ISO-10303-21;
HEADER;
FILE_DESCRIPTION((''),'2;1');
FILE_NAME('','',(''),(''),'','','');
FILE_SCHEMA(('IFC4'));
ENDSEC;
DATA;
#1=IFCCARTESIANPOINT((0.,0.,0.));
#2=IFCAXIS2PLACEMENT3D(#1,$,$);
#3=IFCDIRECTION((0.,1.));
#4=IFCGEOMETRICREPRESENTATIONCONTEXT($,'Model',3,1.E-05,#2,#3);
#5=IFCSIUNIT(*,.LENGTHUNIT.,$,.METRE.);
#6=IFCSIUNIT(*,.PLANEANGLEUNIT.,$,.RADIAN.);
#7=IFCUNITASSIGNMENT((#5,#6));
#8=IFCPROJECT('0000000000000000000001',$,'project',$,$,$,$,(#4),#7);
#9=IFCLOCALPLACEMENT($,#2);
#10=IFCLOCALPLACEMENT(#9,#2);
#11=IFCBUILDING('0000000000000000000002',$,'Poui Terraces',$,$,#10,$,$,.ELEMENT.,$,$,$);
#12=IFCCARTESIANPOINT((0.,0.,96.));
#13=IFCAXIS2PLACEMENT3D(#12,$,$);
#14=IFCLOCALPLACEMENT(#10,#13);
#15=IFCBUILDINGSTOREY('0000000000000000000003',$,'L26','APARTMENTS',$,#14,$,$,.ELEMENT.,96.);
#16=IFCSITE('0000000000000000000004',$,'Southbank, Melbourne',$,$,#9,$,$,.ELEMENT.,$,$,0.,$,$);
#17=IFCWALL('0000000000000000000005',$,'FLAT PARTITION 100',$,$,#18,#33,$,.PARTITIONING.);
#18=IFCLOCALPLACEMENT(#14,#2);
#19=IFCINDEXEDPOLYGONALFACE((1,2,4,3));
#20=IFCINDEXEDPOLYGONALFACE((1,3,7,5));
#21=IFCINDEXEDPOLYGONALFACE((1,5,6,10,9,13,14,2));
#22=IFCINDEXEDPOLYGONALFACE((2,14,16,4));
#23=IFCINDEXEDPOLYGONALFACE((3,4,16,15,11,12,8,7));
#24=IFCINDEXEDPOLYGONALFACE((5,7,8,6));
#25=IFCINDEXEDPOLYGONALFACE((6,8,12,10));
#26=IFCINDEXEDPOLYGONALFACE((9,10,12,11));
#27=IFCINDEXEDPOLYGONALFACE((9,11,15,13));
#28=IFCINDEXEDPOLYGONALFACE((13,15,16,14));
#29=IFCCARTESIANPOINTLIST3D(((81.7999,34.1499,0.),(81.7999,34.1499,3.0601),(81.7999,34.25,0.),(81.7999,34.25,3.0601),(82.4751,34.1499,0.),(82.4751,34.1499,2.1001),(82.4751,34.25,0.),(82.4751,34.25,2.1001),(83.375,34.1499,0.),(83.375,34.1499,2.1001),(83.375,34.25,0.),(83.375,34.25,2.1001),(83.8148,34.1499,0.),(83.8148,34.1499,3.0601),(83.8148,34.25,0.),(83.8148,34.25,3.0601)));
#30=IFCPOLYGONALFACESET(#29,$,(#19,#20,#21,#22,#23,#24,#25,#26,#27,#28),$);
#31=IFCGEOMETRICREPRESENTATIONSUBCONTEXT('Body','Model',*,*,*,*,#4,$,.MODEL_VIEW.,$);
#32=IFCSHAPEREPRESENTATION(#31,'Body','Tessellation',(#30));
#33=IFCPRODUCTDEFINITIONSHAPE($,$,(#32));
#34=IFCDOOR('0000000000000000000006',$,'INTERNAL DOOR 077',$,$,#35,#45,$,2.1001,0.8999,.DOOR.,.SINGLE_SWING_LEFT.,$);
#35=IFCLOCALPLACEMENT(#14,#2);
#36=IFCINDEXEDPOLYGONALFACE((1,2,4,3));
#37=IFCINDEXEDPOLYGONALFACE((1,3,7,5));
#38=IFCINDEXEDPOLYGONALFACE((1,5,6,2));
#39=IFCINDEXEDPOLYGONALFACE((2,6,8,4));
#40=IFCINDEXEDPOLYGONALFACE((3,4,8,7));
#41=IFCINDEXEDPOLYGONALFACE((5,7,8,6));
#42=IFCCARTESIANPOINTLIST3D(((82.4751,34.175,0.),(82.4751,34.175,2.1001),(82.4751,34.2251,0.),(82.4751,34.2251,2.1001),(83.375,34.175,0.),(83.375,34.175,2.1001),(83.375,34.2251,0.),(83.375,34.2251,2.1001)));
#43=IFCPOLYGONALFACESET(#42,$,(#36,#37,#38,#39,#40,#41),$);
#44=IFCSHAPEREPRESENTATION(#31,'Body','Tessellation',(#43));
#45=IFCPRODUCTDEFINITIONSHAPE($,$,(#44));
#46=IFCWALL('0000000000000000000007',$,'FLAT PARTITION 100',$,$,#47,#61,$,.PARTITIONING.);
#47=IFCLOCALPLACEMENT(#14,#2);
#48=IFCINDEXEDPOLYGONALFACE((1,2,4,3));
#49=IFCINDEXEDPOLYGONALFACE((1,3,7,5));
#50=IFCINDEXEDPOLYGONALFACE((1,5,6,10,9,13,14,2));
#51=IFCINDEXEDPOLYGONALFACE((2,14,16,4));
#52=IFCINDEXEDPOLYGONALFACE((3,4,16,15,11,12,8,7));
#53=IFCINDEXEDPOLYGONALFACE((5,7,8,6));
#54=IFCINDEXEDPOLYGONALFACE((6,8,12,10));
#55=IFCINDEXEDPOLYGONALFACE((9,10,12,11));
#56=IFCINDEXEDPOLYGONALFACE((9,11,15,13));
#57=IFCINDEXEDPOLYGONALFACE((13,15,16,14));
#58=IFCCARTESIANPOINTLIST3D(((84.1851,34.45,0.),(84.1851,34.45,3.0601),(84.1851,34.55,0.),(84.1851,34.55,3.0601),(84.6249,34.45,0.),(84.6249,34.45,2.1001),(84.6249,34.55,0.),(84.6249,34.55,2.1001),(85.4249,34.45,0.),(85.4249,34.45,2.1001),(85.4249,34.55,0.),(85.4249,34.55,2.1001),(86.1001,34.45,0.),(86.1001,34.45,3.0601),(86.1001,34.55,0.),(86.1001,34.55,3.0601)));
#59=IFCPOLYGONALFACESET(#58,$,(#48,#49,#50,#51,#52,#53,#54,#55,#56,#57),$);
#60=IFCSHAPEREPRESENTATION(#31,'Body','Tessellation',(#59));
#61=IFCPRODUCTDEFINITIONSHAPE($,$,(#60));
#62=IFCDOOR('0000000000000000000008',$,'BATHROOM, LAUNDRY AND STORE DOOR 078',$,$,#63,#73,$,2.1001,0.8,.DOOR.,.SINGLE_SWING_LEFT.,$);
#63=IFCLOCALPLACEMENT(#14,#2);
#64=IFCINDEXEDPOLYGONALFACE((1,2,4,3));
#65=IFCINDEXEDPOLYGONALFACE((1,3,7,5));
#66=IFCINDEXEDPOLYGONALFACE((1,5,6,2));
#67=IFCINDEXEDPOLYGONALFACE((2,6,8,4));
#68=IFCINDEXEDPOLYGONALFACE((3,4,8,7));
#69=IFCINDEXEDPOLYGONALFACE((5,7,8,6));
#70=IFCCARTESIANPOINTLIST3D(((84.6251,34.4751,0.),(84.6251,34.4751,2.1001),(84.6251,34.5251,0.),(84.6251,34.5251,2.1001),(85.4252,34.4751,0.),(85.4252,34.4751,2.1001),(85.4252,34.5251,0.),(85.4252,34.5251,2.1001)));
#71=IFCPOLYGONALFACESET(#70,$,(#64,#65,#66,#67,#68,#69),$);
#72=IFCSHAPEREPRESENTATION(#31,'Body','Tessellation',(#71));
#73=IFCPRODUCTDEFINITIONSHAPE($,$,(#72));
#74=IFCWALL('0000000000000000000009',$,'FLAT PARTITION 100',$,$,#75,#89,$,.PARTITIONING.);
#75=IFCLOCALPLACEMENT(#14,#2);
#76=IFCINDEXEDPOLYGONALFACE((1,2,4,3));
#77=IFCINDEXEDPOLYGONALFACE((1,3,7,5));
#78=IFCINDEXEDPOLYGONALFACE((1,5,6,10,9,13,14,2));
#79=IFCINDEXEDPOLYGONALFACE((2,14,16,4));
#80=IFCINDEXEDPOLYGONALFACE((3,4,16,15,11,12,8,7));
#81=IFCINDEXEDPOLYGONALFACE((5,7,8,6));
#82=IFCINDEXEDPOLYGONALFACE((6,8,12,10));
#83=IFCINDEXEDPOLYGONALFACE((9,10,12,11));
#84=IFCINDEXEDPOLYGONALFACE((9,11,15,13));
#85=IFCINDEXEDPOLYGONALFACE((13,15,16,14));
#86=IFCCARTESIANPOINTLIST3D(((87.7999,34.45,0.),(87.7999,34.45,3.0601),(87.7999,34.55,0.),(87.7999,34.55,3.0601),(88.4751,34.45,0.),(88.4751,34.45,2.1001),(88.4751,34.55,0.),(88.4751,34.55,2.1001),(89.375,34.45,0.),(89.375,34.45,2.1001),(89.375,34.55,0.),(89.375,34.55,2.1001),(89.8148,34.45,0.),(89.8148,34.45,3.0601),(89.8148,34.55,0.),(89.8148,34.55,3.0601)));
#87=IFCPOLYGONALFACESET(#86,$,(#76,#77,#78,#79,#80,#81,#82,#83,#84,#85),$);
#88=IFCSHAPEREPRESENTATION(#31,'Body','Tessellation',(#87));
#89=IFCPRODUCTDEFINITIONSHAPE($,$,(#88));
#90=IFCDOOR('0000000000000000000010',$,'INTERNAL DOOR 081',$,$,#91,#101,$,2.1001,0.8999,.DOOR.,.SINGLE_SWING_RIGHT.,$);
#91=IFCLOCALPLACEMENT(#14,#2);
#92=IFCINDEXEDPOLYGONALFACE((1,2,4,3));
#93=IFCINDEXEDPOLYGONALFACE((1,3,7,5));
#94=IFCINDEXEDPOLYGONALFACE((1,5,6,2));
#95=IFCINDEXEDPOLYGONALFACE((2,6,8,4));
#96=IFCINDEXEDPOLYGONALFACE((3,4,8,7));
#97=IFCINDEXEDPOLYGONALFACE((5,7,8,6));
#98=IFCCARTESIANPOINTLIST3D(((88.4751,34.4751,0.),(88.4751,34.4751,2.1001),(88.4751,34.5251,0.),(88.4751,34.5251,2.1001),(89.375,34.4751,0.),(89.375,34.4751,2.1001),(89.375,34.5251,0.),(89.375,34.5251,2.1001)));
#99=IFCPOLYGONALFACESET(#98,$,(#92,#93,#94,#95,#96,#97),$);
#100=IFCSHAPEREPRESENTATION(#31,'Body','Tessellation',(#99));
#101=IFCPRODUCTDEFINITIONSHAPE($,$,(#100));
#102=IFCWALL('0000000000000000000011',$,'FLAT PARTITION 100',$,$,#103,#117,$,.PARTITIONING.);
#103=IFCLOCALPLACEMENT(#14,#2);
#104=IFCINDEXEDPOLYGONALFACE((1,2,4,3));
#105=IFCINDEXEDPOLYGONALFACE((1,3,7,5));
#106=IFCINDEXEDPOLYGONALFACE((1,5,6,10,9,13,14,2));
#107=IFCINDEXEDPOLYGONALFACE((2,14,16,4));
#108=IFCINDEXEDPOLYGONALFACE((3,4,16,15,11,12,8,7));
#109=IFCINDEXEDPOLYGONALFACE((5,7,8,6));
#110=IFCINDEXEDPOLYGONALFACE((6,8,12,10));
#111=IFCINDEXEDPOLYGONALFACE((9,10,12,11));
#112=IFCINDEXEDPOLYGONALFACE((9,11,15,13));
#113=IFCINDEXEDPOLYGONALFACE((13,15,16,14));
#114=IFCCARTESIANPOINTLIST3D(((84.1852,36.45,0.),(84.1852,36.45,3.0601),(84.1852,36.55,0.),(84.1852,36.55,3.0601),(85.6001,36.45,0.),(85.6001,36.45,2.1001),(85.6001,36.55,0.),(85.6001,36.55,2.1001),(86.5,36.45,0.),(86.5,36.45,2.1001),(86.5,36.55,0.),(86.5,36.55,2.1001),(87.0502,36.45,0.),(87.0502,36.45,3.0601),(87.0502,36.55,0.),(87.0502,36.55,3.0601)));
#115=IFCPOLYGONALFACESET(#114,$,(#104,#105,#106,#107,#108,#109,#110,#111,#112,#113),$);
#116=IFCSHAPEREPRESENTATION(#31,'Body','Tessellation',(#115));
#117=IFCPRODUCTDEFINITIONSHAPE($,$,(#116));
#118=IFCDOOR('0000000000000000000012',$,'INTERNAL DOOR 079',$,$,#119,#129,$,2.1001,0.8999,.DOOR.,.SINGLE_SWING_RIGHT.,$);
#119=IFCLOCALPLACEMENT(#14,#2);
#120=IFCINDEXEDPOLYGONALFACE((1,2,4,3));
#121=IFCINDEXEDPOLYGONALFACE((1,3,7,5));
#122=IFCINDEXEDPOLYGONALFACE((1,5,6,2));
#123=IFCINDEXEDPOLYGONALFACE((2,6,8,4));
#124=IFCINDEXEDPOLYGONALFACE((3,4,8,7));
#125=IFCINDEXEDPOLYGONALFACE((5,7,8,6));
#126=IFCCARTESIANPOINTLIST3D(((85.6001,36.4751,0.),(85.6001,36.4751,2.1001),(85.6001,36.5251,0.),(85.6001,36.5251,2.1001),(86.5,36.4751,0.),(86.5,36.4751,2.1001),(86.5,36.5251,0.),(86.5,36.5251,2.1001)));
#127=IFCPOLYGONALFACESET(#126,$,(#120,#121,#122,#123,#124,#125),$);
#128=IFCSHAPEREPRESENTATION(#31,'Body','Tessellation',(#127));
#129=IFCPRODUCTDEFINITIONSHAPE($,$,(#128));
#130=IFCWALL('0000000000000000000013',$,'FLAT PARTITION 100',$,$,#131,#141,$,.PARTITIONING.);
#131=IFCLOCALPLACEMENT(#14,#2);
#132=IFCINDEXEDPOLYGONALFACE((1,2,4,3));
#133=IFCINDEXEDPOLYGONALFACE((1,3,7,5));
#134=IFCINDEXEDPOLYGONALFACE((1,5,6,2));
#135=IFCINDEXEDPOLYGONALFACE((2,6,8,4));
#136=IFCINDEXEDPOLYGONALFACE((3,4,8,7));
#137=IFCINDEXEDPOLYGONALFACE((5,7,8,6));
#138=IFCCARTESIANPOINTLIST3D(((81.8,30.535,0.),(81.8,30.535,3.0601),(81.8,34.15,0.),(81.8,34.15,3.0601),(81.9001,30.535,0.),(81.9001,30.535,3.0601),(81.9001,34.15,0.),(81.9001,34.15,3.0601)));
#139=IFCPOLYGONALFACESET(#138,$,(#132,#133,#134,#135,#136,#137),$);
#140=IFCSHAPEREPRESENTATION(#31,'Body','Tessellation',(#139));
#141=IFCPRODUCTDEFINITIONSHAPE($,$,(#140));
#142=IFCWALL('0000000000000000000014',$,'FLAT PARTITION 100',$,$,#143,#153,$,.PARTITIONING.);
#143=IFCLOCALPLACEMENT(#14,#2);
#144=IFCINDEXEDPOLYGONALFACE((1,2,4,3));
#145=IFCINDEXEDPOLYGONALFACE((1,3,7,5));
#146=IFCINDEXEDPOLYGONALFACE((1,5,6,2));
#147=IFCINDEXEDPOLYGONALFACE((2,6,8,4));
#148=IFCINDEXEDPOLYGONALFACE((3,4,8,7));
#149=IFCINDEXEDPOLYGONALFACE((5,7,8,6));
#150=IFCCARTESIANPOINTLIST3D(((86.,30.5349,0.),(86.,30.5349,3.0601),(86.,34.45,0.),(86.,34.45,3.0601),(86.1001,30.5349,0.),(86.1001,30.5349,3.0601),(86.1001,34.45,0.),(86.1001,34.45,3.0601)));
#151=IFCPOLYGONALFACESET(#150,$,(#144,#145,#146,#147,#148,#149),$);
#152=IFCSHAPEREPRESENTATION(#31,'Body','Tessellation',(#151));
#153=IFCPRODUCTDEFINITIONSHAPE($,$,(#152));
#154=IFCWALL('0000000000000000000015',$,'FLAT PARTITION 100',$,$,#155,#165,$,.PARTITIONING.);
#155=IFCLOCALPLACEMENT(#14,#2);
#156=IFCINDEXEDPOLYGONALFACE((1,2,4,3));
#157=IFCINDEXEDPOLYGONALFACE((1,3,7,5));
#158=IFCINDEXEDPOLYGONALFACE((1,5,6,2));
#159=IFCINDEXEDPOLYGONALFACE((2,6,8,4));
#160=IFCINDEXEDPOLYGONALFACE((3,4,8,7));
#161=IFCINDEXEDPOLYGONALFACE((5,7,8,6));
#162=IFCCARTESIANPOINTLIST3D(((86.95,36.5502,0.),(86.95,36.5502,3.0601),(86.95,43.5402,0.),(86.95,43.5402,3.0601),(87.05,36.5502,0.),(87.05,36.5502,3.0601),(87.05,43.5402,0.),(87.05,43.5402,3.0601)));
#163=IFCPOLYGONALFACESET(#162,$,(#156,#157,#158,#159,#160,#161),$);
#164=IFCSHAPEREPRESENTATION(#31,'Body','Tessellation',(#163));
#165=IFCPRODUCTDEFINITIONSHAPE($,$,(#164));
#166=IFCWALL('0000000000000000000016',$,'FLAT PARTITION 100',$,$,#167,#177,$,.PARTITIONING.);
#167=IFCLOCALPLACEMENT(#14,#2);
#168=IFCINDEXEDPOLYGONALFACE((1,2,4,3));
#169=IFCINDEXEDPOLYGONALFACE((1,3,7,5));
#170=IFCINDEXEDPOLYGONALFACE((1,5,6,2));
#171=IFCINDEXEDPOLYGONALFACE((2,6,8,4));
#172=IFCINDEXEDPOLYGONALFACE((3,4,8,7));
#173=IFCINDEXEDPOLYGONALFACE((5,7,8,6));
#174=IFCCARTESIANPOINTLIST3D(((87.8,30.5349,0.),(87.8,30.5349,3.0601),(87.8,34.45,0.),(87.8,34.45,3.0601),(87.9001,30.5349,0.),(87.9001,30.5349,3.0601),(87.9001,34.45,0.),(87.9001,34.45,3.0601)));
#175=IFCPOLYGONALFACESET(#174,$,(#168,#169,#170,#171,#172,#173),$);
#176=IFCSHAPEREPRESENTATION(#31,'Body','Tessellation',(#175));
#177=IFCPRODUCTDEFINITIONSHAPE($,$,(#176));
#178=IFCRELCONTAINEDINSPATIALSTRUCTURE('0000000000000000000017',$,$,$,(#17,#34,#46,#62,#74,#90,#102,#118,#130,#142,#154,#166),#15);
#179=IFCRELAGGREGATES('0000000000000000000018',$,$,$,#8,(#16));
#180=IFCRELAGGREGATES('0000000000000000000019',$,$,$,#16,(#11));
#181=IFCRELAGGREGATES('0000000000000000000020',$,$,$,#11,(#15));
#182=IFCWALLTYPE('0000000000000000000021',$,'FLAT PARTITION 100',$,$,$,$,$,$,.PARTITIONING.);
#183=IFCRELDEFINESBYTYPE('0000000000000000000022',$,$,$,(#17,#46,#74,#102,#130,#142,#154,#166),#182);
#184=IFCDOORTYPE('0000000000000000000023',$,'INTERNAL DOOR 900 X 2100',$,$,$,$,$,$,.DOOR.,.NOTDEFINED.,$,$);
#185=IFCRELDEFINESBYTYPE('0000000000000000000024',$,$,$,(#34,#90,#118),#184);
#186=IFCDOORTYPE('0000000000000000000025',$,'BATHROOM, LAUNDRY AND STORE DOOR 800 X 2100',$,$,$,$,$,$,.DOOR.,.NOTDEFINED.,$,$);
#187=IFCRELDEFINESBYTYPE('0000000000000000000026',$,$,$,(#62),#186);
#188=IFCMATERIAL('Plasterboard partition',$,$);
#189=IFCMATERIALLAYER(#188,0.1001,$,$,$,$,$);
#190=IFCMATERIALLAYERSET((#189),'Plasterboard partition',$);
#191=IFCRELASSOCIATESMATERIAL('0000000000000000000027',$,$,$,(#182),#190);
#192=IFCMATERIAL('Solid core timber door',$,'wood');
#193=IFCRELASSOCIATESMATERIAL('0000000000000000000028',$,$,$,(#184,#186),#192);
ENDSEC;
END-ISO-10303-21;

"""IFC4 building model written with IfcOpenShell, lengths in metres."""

from ifc_helpers import new_model, si_unit, direction, frame, frame_2d, origin, place, context, subcontext, project, spatial, rectangle, extrude, material, layer, layer_set, type_object, element, fill, save


model = new_model("IFC4")

# Units and contexts
model_context = context("Model", 3, precision=1e-05, world=origin(), true_north=direction((0.0, 1.0)))
body_context = subcontext(model_context, "Body", "Model", "MODEL_VIEW")
ifc_project = project(units=[si_unit("LENGTHUNIT", "METRE"), si_unit("PLANEANGLEUNIT", "RADIAN")], contexts=[model_context])

# Site, building, storey
site_placement = place(None, origin())
site = spatial("IfcSite", under=ifc_project, at=site_placement, Name="Southbank, Melbourne", CompositionType="ELEMENT", RefElevation=0.0)
building_placement = place(site_placement, origin())
building = spatial("IfcBuilding", under=site, at=building_placement, Name="Poui Terraces", CompositionType="ELEMENT")
storey_placement = place(building_placement, frame((0.0, 0.0, 96.0)))
storey = spatial("IfcBuildingStorey", under=building, at=storey_placement, Name="L26", Description="APARTMENTS", CompositionType="ELEMENT", Elevation=96.0)

# Walls, openings, doors
ifc_material_1 = material(Name="Plasterboard partition")
ifc_layer_1 = layer(ifc_material_1, 0.1001)
ifc_layer_set_1 = layer_set([ifc_layer_1], Name="Plasterboard partition")
wall_type_1 = type_object("IfcWallType", Name="FLAT PARTITION 100", PredefinedType="PARTITIONING", material=ifc_layer_set_1)
wall_1_placement = place(storey_placement, frame((81.8, 34.2, 0.0), z_axis=(0.0, 0.0, 1.0), x_axis=(1.0, 0.0, 0.0)))
wall_1 = element("IfcWall", 1, at=wall_1_placement, inside=storey, type_object=wall_type_1, Name="FLAT PARTITION 100", PredefinedType="PARTITIONING", context=body_context, shape_type="SweptSolid", body=[
    extrude(rectangle(XDim=2.0149, YDim=0.1001, at=frame_2d((1.0073, 0.0))), origin(), (0.0, 0.0, 1.0), 3.0601),
])
opening_1_placement = place(wall_1_placement, frame((0.675, 0.0, 0.0)))
opening_1 = element("IfcOpeningElement", 2, at=opening_1_placement, cuts=wall_1, PredefinedType="OPENING", context=body_context, shape_type="SweptSolid", body=[
    extrude(rectangle(XDim=0.8999, YDim=2.1001, at=frame_2d((0.45, 1.05))), frame((0.0, 0.0601, 0.0), z_axis=(0.0, -1.0, 0.0), x_axis=(1.0, 0.0, 0.0)), (0.0, 0.0, 1.0), 0.1201),
])
ifc_material_2 = material(Name="Solid core timber door", Category="wood")
door_type_1 = type_object("IfcDoorType", Name="INTERNAL DOOR 900 X 2100", OperationType="NOTDEFINED", PredefinedType="DOOR", material=ifc_material_2)
door_1_placement = place(opening_1_placement, frame((0.8999, 0.0, 0.0), z_axis=(0.0, 0.0, 1.0), x_axis=(-1.0, 0.0, 0.0)))
door_1 = element("IfcDoor", 3, at=door_1_placement, inside=storey, type_object=door_type_1, Name="INTERNAL DOOR 077", OperationType="SINGLE_SWING_LEFT", OverallHeight=2.1001, OverallWidth=0.8999, PredefinedType="DOOR", context=body_context, shape_type="SweptSolid", body=[
    extrude(rectangle(XDim=0.8999, YDim=2.1001, at=frame_2d((0.45, 1.05))), frame((0.0, 0.0249, 0.0), z_axis=(0.0, -1.0, 0.0), x_axis=(1.0, 0.0, 0.0)), (0.0, 0.0, 1.0), 0.05),
])
fill(opening_1, door_1)
wall_2_placement = place(storey_placement, frame((84.1851, 34.5, 0.0), z_axis=(0.0, 0.0, 1.0), x_axis=(1.0, 0.0, 0.0)))
wall_2 = element("IfcWall", 4, at=wall_2_placement, inside=storey, type_object=wall_type_1, Name="FLAT PARTITION 100", PredefinedType="PARTITIONING", context=body_context, shape_type="SweptSolid", body=[
    extrude(rectangle(XDim=1.915, YDim=0.1001, at=frame_2d((0.9575, 0.0))), origin(), (0.0, 0.0, 1.0), 3.0601),
])
opening_2_placement = place(wall_2_placement, frame((0.4399, 0.0, 0.0)))
opening_2 = element("IfcOpeningElement", 5, at=opening_2_placement, cuts=wall_2, PredefinedType="OPENING", context=body_context, shape_type="SweptSolid", body=[
    extrude(rectangle(XDim=0.8, YDim=2.1001, at=frame_2d((0.3999, 1.05))), frame((0.0, 0.0601, 0.0), z_axis=(0.0, -1.0, 0.0), x_axis=(1.0, 0.0, 0.0)), (0.0, 0.0, 1.0), 0.1201),
])
door_type_2 = type_object("IfcDoorType", Name="BATHROOM, LAUNDRY AND STORE DOOR 800 X 2100", OperationType="NOTDEFINED", PredefinedType="DOOR", material=ifc_material_2)
door_2_placement = place(opening_2_placement, frame((0.8, 0.0, 0.0), z_axis=(0.0, 0.0, 1.0), x_axis=(-1.0, 0.0, 0.0)))
door_2 = element("IfcDoor", 6, at=door_2_placement, inside=storey, type_object=door_type_2, Name="BATHROOM, LAUNDRY AND STORE DOOR 078", OperationType="SINGLE_SWING_LEFT", OverallHeight=2.1001, OverallWidth=0.8, PredefinedType="DOOR", context=body_context, shape_type="SweptSolid", body=[
    extrude(rectangle(XDim=0.8, YDim=2.1001, at=frame_2d((0.3999, 1.05))), frame((0.0, 0.0249, 0.0), z_axis=(0.0, -1.0, 0.0), x_axis=(1.0, 0.0, 0.0)), (0.0, 0.0, 1.0), 0.05),
])
fill(opening_2, door_2)
wall_3_placement = place(storey_placement, frame((87.8, 34.5, 0.0), z_axis=(0.0, 0.0, 1.0), x_axis=(1.0, 0.0, 0.0)))
wall_3 = element("IfcWall", 7, at=wall_3_placement, inside=storey, type_object=wall_type_1, Name="FLAT PARTITION 100", PredefinedType="PARTITIONING", context=body_context, shape_type="SweptSolid", body=[
    extrude(rectangle(XDim=2.0149, YDim=0.1001, at=frame_2d((1.0073, 0.0))), origin(), (0.0, 0.0, 1.0), 3.0601),
])
opening_3_placement = place(wall_3_placement, frame((0.675, 0.0, 0.0)))
opening_3 = element("IfcOpeningElement", 8, at=opening_3_placement, cuts=wall_3, PredefinedType="OPENING", context=body_context, shape_type="SweptSolid", body=[
    extrude(rectangle(XDim=0.8999, YDim=2.1001, at=frame_2d((0.45, 1.05))), frame((0.0, 0.0601, 0.0), z_axis=(0.0, -1.0, 0.0), x_axis=(1.0, 0.0, 0.0)), (0.0, 0.0, 1.0), 0.1201),
])
door_3_placement = place(opening_3_placement, frame((0.8999, 0.0, 0.0), z_axis=(0.0, 0.0, 1.0), x_axis=(-1.0, 0.0, 0.0)))
door_3 = element("IfcDoor", 9, at=door_3_placement, inside=storey, type_object=door_type_1, Name="INTERNAL DOOR 081", OperationType="SINGLE_SWING_RIGHT", OverallHeight=2.1001, OverallWidth=0.8999, PredefinedType="DOOR", context=body_context, shape_type="SweptSolid", body=[
    extrude(rectangle(XDim=0.8999, YDim=2.1001, at=frame_2d((0.45, 1.05))), frame((0.0, 0.0249, 0.0), z_axis=(0.0, -1.0, 0.0), x_axis=(1.0, 0.0, 0.0)), (0.0, 0.0, 1.0), 0.05),
])
fill(opening_3, door_3)
wall_4_placement = place(storey_placement, frame((84.1851, 36.5, 0.0), z_axis=(0.0, 0.0, 1.0), x_axis=(1.0, 0.0, 0.0)))
wall_4 = element("IfcWall", 10, at=wall_4_placement, inside=storey, type_object=wall_type_1, Name="FLAT PARTITION 100", PredefinedType="PARTITIONING", context=body_context, shape_type="SweptSolid", body=[
    extrude(rectangle(XDim=2.865, YDim=0.1001, at=frame_2d((1.4326, 0.0))), origin(), (0.0, 0.0, 1.0), 3.0601),
])
opening_4_placement = place(wall_4_placement, frame((1.415, 0.0, 0.0)))
opening_4 = element("IfcOpeningElement", 11, at=opening_4_placement, cuts=wall_4, PredefinedType="OPENING", context=body_context, shape_type="SweptSolid", body=[
    extrude(rectangle(XDim=0.8999, YDim=2.1001, at=frame_2d((0.45, 1.05))), frame((0.0, 0.0601, 0.0), z_axis=(0.0, -1.0, 0.0), x_axis=(1.0, 0.0, 0.0)), (0.0, 0.0, 1.0), 0.1201),
])
door_4_placement = place(opening_4_placement, frame((0.8999, 0.0, 0.0), z_axis=(0.0, 0.0, 1.0), x_axis=(-1.0, 0.0, 0.0)))
door_4 = element("IfcDoor", 12, at=door_4_placement, inside=storey, type_object=door_type_1, Name="INTERNAL DOOR 079", OperationType="SINGLE_SWING_RIGHT", OverallHeight=2.1001, OverallWidth=0.8999, PredefinedType="DOOR", context=body_context, shape_type="SweptSolid", body=[
    extrude(rectangle(XDim=0.8999, YDim=2.1001, at=frame_2d((0.45, 1.05))), frame((0.0, 0.0249, 0.0), z_axis=(0.0, -1.0, 0.0), x_axis=(1.0, 0.0, 0.0)), (0.0, 0.0, 1.0), 0.05),
])
fill(opening_4, door_4)

# Walls
wall_5_placement = place(storey_placement, frame((81.8501, 30.5349, 0.0), z_axis=(0.0, 0.0, 1.0), x_axis=(0.0, 1.0, 0.0)))
element("IfcWall", 13, at=wall_5_placement, inside=storey, type_object=wall_type_1, Name="FLAT PARTITION 100", PredefinedType="PARTITIONING", context=body_context, shape_type="SweptSolid", body=[
    extrude(rectangle(XDim=3.615, YDim=0.1001, at=frame_2d((1.8076, 0.0))), origin(), (0.0, 0.0, 1.0), 3.0601),
])
wall_6_placement = place(storey_placement, frame((86.05, 30.5349, 0.0), z_axis=(0.0, 0.0, 1.0), x_axis=(0.0, 1.0, 0.0)))
element("IfcWall", 14, at=wall_6_placement, inside=storey, type_object=wall_type_1, Name="FLAT PARTITION 100", PredefinedType="PARTITIONING", context=body_context, shape_type="SweptSolid", body=[
    extrude(rectangle(XDim=3.915, YDim=0.1001, at=frame_2d((1.9575, 0.0))), origin(), (0.0, 0.0, 1.0), 3.0601),
])
wall_7_placement = place(storey_placement, frame((87.0, 36.55, 0.0), z_axis=(0.0, 0.0, 1.0), x_axis=(0.0, 1.0, 0.0)))
element("IfcWall", 15, at=wall_7_placement, inside=storey, type_object=wall_type_1, Name="FLAT PARTITION 100", PredefinedType="PARTITIONING", context=body_context, shape_type="SweptSolid", body=[
    extrude(rectangle(XDim=6.99, YDim=0.1001, at=frame_2d((3.4951, 0.0))), origin(), (0.0, 0.0, 1.0), 3.0601),
])
wall_8_placement = place(storey_placement, frame((87.8501, 30.5349, 0.0), z_axis=(0.0, 0.0, 1.0), x_axis=(0.0, 1.0, 0.0)))
element("IfcWall", 16, at=wall_8_placement, inside=storey, type_object=wall_type_1, Name="FLAT PARTITION 100", PredefinedType="PARTITIONING", context=body_context, shape_type="SweptSolid", body=[
    extrude(rectangle(XDim=3.915, YDim=0.1001, at=frame_2d((1.9575, 0.0))), origin(), (0.0, 0.0, 1.0), 3.0601),
])

save(model, "model.ifc")
